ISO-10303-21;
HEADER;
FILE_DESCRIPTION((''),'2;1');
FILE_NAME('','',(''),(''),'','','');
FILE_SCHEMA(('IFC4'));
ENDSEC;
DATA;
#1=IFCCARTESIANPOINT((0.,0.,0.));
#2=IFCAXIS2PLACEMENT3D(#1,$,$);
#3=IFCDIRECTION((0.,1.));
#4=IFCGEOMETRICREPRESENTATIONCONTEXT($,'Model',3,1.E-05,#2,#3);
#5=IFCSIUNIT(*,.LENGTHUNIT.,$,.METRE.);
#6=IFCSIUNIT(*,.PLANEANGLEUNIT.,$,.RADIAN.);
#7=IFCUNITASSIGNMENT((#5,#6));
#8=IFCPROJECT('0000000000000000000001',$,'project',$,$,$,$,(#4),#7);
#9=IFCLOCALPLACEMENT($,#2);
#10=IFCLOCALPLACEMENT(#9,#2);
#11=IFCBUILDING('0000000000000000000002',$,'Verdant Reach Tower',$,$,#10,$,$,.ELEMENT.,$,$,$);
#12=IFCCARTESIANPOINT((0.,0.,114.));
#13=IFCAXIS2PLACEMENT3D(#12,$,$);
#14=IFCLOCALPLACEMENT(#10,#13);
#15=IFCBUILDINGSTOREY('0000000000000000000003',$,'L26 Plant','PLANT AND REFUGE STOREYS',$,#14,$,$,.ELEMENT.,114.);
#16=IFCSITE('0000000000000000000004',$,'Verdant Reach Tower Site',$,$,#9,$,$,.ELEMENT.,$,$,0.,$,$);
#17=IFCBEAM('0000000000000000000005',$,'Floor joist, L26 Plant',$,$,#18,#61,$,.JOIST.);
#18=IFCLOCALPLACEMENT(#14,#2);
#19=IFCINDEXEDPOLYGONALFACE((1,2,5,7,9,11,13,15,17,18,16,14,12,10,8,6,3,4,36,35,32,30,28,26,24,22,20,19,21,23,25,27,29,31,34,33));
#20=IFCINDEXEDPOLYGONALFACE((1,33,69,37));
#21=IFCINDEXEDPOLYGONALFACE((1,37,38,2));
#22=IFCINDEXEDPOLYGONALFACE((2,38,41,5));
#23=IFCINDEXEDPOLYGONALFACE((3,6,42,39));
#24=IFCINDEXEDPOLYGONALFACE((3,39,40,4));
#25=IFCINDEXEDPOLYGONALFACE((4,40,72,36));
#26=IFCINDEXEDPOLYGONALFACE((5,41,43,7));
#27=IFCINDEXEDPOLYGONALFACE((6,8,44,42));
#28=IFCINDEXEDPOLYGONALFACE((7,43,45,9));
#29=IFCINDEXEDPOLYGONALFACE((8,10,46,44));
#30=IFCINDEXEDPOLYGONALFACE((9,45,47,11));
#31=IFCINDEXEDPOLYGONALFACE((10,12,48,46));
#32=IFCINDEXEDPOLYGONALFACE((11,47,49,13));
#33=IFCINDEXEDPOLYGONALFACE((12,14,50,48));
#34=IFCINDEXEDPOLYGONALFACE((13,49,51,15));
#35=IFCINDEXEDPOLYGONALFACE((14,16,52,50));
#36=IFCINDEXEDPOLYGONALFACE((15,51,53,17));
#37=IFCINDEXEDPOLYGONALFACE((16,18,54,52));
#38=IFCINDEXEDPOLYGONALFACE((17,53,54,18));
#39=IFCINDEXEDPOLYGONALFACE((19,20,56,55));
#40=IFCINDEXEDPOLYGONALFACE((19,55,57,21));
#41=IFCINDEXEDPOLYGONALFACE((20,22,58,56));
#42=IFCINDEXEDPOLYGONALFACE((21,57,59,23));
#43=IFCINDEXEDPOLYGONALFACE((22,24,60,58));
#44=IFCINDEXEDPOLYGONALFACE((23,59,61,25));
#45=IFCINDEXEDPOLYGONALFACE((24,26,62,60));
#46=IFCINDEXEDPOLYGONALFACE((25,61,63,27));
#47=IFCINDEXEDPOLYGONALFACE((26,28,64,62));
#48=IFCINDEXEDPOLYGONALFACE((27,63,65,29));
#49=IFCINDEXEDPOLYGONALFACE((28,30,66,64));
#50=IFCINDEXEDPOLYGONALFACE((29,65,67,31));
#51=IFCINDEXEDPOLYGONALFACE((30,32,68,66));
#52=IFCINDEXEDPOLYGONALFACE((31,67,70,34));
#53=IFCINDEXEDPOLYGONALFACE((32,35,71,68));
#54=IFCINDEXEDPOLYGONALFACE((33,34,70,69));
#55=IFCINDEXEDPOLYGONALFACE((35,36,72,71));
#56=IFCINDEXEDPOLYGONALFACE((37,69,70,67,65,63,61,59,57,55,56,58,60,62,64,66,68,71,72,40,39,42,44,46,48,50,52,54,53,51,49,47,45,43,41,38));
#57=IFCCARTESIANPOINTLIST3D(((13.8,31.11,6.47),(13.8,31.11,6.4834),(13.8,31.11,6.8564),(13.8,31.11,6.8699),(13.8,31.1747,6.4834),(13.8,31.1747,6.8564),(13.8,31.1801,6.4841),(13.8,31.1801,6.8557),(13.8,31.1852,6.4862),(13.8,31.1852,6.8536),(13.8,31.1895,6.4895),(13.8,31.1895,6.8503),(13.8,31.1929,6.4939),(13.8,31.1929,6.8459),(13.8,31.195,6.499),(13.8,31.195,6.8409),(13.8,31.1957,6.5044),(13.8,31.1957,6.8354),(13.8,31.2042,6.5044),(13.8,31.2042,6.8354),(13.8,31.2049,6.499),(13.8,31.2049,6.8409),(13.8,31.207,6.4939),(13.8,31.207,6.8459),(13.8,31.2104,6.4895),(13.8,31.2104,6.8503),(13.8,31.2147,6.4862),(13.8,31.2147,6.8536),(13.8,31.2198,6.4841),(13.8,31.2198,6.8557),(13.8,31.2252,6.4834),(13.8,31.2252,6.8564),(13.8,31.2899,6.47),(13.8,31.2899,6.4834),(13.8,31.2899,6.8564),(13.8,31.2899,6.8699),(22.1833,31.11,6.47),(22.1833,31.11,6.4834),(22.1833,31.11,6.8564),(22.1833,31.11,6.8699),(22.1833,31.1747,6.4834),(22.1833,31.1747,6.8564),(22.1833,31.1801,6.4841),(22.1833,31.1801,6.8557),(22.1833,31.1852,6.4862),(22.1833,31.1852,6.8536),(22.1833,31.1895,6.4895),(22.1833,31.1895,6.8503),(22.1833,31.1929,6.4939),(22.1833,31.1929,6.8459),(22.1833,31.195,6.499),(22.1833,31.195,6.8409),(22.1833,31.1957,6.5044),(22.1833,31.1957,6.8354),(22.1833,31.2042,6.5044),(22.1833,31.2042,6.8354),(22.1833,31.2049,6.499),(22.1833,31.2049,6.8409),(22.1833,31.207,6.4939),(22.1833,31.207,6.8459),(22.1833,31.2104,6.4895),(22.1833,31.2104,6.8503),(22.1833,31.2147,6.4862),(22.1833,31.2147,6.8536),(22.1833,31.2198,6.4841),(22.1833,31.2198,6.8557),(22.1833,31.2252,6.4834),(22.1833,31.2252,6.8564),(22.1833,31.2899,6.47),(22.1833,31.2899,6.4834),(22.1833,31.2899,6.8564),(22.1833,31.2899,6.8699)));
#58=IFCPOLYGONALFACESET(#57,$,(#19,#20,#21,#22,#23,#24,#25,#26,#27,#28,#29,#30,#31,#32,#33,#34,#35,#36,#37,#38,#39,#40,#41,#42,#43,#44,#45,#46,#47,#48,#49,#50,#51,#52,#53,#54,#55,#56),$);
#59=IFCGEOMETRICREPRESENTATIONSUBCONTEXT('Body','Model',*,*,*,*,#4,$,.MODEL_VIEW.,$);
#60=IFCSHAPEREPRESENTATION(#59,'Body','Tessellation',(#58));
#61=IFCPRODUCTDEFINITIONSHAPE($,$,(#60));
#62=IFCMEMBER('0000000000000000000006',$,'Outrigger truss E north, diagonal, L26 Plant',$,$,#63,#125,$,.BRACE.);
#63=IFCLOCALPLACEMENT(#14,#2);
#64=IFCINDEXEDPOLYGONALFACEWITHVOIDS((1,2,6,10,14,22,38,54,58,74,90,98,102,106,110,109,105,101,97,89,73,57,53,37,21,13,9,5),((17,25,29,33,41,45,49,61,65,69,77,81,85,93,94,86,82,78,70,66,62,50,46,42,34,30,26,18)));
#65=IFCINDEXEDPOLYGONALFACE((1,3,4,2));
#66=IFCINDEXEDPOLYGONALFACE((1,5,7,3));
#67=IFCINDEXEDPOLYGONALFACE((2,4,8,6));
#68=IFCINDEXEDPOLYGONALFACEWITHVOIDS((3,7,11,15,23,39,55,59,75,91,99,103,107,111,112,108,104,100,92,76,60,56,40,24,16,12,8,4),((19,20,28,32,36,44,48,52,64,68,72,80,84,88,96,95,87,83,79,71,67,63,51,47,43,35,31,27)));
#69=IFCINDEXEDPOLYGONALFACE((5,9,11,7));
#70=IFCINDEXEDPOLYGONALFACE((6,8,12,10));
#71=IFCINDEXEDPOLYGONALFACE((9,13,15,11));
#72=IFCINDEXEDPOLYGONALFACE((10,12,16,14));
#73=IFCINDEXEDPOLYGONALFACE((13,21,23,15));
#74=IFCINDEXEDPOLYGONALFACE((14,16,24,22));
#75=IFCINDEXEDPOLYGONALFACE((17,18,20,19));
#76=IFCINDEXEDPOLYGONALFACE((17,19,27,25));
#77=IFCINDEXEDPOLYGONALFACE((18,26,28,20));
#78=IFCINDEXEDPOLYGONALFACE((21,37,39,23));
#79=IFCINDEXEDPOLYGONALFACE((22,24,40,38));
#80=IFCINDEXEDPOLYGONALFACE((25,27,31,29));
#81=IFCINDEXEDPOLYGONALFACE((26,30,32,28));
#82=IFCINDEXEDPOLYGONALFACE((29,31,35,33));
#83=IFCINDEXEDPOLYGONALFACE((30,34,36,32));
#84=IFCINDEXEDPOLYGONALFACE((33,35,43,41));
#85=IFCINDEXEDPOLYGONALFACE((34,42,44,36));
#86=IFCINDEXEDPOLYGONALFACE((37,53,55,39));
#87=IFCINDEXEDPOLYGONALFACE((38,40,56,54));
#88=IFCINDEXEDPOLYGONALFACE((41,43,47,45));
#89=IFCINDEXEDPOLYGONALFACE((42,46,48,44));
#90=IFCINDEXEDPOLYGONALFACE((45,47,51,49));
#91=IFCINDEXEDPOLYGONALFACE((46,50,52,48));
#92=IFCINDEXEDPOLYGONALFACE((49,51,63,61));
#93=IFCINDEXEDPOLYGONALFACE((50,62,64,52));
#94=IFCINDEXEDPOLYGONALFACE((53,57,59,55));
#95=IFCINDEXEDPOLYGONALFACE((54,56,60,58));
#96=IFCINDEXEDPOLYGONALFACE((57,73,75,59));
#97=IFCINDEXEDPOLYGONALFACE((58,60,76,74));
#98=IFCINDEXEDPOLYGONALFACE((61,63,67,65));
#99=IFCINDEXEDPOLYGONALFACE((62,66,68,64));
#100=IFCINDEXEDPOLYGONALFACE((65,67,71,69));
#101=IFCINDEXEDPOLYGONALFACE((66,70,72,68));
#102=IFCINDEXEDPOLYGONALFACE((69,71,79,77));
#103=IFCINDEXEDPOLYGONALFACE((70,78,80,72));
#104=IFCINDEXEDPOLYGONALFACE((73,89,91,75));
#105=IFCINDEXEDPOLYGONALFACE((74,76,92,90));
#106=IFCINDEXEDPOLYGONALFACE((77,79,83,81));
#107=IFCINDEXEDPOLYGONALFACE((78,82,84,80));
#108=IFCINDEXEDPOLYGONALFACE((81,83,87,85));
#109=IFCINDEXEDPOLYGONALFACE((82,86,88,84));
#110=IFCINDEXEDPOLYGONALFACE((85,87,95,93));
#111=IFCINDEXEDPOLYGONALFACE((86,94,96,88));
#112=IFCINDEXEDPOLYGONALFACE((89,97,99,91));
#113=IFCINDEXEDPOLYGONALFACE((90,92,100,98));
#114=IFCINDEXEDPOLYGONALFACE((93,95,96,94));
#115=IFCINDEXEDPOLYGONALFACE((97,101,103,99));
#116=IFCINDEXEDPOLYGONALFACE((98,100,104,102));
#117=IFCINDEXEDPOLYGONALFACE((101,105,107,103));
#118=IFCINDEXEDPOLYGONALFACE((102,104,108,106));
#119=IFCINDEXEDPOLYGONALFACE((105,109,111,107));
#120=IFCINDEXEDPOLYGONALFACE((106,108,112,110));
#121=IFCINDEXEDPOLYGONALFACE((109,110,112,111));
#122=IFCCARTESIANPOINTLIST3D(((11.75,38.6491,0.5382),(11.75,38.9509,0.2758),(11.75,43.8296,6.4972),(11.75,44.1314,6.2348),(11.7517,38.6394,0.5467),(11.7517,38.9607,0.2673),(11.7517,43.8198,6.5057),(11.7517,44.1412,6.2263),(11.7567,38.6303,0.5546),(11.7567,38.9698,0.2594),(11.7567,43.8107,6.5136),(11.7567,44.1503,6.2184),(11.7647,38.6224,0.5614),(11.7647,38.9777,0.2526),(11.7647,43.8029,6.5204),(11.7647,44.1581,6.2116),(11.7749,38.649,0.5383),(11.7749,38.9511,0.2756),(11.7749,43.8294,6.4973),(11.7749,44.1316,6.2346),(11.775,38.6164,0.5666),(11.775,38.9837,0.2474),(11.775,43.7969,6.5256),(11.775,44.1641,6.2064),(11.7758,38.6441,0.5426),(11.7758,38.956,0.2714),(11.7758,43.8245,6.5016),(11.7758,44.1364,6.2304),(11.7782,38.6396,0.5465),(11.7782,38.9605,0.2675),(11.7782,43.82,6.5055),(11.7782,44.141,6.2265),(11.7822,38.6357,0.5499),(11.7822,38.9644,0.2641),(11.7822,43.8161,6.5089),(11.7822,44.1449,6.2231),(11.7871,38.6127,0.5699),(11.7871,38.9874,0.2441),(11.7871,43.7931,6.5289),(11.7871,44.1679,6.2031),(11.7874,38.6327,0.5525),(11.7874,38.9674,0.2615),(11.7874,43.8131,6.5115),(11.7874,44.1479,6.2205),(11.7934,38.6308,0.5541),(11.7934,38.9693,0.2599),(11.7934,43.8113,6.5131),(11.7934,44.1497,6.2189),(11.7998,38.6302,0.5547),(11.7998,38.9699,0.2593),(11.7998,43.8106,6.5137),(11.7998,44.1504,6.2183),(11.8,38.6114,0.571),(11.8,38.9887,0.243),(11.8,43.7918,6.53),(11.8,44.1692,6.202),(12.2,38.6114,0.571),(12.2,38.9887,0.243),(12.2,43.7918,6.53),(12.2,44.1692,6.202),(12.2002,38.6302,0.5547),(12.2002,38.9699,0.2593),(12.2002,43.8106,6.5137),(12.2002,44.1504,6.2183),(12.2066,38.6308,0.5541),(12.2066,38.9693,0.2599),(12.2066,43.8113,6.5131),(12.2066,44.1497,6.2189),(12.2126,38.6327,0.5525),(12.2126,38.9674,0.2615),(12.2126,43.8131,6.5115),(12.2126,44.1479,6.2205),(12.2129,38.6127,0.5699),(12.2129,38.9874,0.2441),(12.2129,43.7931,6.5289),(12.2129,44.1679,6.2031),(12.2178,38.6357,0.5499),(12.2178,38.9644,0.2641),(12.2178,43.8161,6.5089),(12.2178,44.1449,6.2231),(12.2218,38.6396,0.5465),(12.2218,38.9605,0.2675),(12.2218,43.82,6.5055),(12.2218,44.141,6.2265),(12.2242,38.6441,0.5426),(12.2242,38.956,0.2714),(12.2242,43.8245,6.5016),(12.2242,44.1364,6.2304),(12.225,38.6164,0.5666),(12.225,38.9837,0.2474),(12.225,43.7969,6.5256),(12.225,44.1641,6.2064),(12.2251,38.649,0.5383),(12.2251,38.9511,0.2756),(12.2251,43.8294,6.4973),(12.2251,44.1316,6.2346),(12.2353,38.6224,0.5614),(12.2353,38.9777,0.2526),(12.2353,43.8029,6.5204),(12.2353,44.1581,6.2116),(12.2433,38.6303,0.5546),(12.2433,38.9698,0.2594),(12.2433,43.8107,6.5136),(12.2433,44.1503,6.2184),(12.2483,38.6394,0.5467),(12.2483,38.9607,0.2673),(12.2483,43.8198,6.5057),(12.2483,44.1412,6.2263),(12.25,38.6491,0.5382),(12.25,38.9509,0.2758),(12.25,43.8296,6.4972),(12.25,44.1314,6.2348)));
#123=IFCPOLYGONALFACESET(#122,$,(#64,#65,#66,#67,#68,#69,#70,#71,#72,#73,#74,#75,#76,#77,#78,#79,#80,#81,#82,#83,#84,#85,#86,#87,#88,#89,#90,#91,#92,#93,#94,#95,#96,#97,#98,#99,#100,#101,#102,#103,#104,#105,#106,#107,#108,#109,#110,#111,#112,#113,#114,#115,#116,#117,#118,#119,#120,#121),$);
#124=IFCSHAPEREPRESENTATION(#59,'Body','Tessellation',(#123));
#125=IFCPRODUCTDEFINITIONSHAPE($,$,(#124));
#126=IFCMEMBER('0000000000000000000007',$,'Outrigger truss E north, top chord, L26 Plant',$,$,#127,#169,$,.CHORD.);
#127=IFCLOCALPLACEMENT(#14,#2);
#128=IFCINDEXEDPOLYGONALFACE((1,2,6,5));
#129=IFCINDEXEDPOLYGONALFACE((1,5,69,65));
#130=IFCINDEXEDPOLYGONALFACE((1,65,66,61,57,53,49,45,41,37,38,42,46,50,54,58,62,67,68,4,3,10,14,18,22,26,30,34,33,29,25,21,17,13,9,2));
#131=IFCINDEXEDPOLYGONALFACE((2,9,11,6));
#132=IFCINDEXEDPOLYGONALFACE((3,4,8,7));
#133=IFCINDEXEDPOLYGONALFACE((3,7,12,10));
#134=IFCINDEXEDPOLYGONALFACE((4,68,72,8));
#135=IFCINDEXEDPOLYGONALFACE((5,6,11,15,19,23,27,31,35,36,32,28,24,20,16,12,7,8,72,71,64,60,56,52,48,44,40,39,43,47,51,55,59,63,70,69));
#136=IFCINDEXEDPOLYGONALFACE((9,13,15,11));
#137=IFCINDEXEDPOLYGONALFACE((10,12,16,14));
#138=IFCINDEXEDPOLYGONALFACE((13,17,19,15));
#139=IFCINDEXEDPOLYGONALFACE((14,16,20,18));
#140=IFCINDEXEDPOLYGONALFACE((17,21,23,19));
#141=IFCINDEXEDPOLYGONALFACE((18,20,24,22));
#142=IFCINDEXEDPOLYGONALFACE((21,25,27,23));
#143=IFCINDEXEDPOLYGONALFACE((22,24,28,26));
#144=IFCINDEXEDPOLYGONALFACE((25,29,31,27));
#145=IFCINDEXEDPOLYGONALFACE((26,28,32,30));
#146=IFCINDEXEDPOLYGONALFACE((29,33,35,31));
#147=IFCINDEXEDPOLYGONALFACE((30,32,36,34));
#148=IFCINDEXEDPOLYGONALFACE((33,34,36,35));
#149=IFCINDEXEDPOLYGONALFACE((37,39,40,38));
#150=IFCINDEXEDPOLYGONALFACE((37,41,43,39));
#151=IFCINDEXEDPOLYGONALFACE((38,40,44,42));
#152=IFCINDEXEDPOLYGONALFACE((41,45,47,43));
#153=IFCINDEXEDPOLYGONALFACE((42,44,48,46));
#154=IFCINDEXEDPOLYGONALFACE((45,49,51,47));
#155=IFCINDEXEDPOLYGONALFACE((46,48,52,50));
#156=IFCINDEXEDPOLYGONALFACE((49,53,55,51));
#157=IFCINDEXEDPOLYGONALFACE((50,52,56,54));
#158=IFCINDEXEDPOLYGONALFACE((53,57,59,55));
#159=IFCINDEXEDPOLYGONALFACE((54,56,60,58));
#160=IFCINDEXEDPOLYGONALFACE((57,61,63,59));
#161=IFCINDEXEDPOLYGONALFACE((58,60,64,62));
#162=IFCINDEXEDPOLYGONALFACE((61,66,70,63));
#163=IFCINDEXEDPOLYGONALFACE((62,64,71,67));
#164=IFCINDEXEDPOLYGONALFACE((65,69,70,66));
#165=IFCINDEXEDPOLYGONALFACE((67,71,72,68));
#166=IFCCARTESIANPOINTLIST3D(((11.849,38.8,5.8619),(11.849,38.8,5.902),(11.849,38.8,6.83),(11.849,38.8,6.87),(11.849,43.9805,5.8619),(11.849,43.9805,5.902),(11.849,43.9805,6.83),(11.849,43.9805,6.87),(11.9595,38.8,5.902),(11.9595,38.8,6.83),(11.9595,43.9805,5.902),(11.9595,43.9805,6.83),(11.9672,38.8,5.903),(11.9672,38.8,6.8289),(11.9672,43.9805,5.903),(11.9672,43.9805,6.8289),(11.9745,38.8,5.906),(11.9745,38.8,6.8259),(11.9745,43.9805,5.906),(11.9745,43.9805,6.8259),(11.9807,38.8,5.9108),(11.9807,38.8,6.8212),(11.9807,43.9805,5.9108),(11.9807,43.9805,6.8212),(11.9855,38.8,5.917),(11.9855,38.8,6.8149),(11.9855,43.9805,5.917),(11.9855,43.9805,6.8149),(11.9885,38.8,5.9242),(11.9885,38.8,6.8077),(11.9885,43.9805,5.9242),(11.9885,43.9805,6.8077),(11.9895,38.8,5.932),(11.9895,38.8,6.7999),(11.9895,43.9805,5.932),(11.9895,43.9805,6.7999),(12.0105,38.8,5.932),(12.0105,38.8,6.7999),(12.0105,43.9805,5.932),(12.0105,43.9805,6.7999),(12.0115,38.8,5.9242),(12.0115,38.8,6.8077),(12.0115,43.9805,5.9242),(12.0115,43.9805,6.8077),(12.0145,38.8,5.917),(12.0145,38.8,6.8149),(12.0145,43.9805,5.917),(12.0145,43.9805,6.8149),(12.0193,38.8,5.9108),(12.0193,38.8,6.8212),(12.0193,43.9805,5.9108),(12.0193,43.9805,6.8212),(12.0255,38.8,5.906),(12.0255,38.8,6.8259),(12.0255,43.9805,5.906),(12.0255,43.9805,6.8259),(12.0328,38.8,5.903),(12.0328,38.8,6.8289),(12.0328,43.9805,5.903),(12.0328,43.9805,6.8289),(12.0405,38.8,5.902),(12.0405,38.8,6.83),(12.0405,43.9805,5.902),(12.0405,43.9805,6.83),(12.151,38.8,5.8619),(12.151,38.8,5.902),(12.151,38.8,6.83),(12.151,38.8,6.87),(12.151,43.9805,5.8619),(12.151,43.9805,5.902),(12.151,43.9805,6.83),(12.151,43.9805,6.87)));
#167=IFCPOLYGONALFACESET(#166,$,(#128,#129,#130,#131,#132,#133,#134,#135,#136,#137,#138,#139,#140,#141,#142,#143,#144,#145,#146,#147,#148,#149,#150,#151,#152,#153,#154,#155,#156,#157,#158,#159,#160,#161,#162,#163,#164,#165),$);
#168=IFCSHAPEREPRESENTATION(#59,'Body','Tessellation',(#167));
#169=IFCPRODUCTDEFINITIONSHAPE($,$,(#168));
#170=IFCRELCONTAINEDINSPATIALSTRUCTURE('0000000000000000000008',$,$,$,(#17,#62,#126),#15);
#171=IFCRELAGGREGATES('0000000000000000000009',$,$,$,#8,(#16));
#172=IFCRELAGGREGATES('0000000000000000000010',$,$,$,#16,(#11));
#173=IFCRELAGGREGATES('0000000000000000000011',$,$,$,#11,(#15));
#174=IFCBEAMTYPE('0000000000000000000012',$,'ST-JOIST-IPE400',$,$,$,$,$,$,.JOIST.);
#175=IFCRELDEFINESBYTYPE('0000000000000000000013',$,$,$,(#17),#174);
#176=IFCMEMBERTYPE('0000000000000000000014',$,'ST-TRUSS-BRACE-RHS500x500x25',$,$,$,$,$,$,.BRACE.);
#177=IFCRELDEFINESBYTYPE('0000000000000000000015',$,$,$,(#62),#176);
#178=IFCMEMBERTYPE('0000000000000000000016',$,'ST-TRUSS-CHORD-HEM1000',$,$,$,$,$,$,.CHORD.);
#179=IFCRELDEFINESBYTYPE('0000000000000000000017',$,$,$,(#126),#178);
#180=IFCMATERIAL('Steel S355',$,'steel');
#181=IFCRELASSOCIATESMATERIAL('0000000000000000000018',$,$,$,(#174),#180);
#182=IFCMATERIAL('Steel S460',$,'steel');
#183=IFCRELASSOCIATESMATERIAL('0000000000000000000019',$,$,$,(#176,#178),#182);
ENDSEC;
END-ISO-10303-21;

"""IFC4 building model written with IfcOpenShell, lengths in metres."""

from ifc_helpers import new_model, si_unit, direction, frame, origin, origin_2d, place, context, subcontext, project, spatial, hollow_rectangle, i_section, extrude, material, material_profile, profile_set, type_object, element, save


model = new_model("IFC4")

# Units and contexts
model_context = context("Model", 3, precision=1e-05, world=origin(), true_north=direction((0.0, 1.0)))
body_context = subcontext(model_context, "Body", "Model", "MODEL_VIEW")
ifc_project = project(units=[si_unit("LENGTHUNIT", "METRE"), si_unit("PLANEANGLEUNIT", "RADIAN")], contexts=[model_context])

# Site, building, storey
site_placement = place(None, origin())
site = spatial("IfcSite", under=ifc_project, at=site_placement, Name="Verdant Reach Tower Site", CompositionType="ELEMENT", RefElevation=0.0)
building_placement = place(site_placement, origin())
building = spatial("IfcBuilding", under=site, at=building_placement, Name="Verdant Reach Tower", CompositionType="ELEMENT")
storey_placement = place(building_placement, frame((0.0, 0.0, 114.0)))
storey = spatial("IfcBuildingStorey", under=building, at=storey_placement, Name="L26 Plant", Description="PLANT AND REFUGE STOREYS", CompositionType="ELEMENT", Elevation=114.0)

# Beam
ifc_material_1 = material(Name="Steel S355", Category="steel")
ifc_material_profile_1 = material_profile(ifc_material_1, i_section(OverallWidth=0.1799, OverallDepth=0.3999, WebThickness=0.0085, FlangeThickness=0.0134, FilletRadius=0.021, at=origin_2d()), Name="IPE 400")
ifc_profile_set_1 = profile_set([ifc_material_profile_1], Name="Steel S355")
beam_type_1 = type_object("IfcBeamType", Name="ST-JOIST-IPE400", PredefinedType="JOIST", material=ifc_profile_set_1)
beam_1_placement = place(storey_placement, frame((13.8, 31.2, 6.6699), z_axis=(1.0, 0.0, 0.0), x_axis=(0.0, 1.0, 0.0)))
element("IfcBeam", 1, at=beam_1_placement, inside=storey, type_object=beam_type_1, Name="Floor joist, L26 Plant", PredefinedType="JOIST", context=body_context, shape_type="SweptSolid", body=[
    extrude(i_section(OverallWidth=0.1799, OverallDepth=0.3999, WebThickness=0.0085, FlangeThickness=0.0134, FilletRadius=0.021, at=origin_2d()), origin(), (0.0, 0.0, 1.0), 8.3833),
])

# Members
ifc_material_2 = material(Name="Steel S460", Category="steel")
ifc_material_profile_2 = material_profile(ifc_material_2, hollow_rectangle(XDim=0.5, YDim=0.5, WallThickness=0.0249, InnerFilletRadius=0.0249, OuterFilletRadius=0.05, at=origin_2d()), Name="RHS 500x500x25")
ifc_profile_set_2 = profile_set([ifc_material_profile_2], Name="Steel S460")
member_type_1 = type_object("IfcMemberType", Name="ST-TRUSS-BRACE-RHS500x500x25", PredefinedType="BRACE", material=ifc_profile_set_2)
member_1_placement = place(storey_placement, frame((12.0, 38.8, 0.407), z_axis=(0.0, 0.656085, 0.754687), x_axis=(-1.0, 0.0, 0.0)))
element("IfcMember", 2, at=member_1_placement, inside=storey, type_object=member_type_1, Name="Outrigger truss E north, diagonal, L26 Plant", PredefinedType="BRACE", context=body_context, shape_type="SweptSolid", body=[
    extrude(hollow_rectangle(XDim=0.5, YDim=0.5, WallThickness=0.0249, InnerFilletRadius=0.0249, OuterFilletRadius=0.05, at=origin_2d()), origin(), (0.0, 0.0, 1.0), 7.896),
])
ifc_material_profile_3 = material_profile(ifc_material_2, i_section(OverallWidth=0.302, OverallDepth=1.0081, WebThickness=0.021, FlangeThickness=0.04, FilletRadius=0.03, at=origin_2d()), Name="HEM 1000")
ifc_profile_set_3 = profile_set([ifc_material_profile_3], Name="Steel S460")
member_type_2 = type_object("IfcMemberType", Name="ST-TRUSS-CHORD-HEM1000", PredefinedType="CHORD", material=ifc_profile_set_3)
member_2_placement = place(storey_placement, frame((12.0, 38.8, 6.366), z_axis=(0.0, 1.0, 0.0), x_axis=(-1.0, 0.0, 0.0)))
element("IfcMember", 3, at=member_2_placement, inside=storey, type_object=member_type_2, Name="Outrigger truss E north, top chord, L26 Plant", PredefinedType="CHORD", context=body_context, shape_type="SweptSolid", body=[
    extrude(i_section(OverallWidth=0.302, OverallDepth=1.0081, WebThickness=0.021, FlangeThickness=0.04, FilletRadius=0.03, at=origin_2d()), origin(), (0.0, 0.0, 1.0), 5.1804),
])

save(model, "model.ifc")
